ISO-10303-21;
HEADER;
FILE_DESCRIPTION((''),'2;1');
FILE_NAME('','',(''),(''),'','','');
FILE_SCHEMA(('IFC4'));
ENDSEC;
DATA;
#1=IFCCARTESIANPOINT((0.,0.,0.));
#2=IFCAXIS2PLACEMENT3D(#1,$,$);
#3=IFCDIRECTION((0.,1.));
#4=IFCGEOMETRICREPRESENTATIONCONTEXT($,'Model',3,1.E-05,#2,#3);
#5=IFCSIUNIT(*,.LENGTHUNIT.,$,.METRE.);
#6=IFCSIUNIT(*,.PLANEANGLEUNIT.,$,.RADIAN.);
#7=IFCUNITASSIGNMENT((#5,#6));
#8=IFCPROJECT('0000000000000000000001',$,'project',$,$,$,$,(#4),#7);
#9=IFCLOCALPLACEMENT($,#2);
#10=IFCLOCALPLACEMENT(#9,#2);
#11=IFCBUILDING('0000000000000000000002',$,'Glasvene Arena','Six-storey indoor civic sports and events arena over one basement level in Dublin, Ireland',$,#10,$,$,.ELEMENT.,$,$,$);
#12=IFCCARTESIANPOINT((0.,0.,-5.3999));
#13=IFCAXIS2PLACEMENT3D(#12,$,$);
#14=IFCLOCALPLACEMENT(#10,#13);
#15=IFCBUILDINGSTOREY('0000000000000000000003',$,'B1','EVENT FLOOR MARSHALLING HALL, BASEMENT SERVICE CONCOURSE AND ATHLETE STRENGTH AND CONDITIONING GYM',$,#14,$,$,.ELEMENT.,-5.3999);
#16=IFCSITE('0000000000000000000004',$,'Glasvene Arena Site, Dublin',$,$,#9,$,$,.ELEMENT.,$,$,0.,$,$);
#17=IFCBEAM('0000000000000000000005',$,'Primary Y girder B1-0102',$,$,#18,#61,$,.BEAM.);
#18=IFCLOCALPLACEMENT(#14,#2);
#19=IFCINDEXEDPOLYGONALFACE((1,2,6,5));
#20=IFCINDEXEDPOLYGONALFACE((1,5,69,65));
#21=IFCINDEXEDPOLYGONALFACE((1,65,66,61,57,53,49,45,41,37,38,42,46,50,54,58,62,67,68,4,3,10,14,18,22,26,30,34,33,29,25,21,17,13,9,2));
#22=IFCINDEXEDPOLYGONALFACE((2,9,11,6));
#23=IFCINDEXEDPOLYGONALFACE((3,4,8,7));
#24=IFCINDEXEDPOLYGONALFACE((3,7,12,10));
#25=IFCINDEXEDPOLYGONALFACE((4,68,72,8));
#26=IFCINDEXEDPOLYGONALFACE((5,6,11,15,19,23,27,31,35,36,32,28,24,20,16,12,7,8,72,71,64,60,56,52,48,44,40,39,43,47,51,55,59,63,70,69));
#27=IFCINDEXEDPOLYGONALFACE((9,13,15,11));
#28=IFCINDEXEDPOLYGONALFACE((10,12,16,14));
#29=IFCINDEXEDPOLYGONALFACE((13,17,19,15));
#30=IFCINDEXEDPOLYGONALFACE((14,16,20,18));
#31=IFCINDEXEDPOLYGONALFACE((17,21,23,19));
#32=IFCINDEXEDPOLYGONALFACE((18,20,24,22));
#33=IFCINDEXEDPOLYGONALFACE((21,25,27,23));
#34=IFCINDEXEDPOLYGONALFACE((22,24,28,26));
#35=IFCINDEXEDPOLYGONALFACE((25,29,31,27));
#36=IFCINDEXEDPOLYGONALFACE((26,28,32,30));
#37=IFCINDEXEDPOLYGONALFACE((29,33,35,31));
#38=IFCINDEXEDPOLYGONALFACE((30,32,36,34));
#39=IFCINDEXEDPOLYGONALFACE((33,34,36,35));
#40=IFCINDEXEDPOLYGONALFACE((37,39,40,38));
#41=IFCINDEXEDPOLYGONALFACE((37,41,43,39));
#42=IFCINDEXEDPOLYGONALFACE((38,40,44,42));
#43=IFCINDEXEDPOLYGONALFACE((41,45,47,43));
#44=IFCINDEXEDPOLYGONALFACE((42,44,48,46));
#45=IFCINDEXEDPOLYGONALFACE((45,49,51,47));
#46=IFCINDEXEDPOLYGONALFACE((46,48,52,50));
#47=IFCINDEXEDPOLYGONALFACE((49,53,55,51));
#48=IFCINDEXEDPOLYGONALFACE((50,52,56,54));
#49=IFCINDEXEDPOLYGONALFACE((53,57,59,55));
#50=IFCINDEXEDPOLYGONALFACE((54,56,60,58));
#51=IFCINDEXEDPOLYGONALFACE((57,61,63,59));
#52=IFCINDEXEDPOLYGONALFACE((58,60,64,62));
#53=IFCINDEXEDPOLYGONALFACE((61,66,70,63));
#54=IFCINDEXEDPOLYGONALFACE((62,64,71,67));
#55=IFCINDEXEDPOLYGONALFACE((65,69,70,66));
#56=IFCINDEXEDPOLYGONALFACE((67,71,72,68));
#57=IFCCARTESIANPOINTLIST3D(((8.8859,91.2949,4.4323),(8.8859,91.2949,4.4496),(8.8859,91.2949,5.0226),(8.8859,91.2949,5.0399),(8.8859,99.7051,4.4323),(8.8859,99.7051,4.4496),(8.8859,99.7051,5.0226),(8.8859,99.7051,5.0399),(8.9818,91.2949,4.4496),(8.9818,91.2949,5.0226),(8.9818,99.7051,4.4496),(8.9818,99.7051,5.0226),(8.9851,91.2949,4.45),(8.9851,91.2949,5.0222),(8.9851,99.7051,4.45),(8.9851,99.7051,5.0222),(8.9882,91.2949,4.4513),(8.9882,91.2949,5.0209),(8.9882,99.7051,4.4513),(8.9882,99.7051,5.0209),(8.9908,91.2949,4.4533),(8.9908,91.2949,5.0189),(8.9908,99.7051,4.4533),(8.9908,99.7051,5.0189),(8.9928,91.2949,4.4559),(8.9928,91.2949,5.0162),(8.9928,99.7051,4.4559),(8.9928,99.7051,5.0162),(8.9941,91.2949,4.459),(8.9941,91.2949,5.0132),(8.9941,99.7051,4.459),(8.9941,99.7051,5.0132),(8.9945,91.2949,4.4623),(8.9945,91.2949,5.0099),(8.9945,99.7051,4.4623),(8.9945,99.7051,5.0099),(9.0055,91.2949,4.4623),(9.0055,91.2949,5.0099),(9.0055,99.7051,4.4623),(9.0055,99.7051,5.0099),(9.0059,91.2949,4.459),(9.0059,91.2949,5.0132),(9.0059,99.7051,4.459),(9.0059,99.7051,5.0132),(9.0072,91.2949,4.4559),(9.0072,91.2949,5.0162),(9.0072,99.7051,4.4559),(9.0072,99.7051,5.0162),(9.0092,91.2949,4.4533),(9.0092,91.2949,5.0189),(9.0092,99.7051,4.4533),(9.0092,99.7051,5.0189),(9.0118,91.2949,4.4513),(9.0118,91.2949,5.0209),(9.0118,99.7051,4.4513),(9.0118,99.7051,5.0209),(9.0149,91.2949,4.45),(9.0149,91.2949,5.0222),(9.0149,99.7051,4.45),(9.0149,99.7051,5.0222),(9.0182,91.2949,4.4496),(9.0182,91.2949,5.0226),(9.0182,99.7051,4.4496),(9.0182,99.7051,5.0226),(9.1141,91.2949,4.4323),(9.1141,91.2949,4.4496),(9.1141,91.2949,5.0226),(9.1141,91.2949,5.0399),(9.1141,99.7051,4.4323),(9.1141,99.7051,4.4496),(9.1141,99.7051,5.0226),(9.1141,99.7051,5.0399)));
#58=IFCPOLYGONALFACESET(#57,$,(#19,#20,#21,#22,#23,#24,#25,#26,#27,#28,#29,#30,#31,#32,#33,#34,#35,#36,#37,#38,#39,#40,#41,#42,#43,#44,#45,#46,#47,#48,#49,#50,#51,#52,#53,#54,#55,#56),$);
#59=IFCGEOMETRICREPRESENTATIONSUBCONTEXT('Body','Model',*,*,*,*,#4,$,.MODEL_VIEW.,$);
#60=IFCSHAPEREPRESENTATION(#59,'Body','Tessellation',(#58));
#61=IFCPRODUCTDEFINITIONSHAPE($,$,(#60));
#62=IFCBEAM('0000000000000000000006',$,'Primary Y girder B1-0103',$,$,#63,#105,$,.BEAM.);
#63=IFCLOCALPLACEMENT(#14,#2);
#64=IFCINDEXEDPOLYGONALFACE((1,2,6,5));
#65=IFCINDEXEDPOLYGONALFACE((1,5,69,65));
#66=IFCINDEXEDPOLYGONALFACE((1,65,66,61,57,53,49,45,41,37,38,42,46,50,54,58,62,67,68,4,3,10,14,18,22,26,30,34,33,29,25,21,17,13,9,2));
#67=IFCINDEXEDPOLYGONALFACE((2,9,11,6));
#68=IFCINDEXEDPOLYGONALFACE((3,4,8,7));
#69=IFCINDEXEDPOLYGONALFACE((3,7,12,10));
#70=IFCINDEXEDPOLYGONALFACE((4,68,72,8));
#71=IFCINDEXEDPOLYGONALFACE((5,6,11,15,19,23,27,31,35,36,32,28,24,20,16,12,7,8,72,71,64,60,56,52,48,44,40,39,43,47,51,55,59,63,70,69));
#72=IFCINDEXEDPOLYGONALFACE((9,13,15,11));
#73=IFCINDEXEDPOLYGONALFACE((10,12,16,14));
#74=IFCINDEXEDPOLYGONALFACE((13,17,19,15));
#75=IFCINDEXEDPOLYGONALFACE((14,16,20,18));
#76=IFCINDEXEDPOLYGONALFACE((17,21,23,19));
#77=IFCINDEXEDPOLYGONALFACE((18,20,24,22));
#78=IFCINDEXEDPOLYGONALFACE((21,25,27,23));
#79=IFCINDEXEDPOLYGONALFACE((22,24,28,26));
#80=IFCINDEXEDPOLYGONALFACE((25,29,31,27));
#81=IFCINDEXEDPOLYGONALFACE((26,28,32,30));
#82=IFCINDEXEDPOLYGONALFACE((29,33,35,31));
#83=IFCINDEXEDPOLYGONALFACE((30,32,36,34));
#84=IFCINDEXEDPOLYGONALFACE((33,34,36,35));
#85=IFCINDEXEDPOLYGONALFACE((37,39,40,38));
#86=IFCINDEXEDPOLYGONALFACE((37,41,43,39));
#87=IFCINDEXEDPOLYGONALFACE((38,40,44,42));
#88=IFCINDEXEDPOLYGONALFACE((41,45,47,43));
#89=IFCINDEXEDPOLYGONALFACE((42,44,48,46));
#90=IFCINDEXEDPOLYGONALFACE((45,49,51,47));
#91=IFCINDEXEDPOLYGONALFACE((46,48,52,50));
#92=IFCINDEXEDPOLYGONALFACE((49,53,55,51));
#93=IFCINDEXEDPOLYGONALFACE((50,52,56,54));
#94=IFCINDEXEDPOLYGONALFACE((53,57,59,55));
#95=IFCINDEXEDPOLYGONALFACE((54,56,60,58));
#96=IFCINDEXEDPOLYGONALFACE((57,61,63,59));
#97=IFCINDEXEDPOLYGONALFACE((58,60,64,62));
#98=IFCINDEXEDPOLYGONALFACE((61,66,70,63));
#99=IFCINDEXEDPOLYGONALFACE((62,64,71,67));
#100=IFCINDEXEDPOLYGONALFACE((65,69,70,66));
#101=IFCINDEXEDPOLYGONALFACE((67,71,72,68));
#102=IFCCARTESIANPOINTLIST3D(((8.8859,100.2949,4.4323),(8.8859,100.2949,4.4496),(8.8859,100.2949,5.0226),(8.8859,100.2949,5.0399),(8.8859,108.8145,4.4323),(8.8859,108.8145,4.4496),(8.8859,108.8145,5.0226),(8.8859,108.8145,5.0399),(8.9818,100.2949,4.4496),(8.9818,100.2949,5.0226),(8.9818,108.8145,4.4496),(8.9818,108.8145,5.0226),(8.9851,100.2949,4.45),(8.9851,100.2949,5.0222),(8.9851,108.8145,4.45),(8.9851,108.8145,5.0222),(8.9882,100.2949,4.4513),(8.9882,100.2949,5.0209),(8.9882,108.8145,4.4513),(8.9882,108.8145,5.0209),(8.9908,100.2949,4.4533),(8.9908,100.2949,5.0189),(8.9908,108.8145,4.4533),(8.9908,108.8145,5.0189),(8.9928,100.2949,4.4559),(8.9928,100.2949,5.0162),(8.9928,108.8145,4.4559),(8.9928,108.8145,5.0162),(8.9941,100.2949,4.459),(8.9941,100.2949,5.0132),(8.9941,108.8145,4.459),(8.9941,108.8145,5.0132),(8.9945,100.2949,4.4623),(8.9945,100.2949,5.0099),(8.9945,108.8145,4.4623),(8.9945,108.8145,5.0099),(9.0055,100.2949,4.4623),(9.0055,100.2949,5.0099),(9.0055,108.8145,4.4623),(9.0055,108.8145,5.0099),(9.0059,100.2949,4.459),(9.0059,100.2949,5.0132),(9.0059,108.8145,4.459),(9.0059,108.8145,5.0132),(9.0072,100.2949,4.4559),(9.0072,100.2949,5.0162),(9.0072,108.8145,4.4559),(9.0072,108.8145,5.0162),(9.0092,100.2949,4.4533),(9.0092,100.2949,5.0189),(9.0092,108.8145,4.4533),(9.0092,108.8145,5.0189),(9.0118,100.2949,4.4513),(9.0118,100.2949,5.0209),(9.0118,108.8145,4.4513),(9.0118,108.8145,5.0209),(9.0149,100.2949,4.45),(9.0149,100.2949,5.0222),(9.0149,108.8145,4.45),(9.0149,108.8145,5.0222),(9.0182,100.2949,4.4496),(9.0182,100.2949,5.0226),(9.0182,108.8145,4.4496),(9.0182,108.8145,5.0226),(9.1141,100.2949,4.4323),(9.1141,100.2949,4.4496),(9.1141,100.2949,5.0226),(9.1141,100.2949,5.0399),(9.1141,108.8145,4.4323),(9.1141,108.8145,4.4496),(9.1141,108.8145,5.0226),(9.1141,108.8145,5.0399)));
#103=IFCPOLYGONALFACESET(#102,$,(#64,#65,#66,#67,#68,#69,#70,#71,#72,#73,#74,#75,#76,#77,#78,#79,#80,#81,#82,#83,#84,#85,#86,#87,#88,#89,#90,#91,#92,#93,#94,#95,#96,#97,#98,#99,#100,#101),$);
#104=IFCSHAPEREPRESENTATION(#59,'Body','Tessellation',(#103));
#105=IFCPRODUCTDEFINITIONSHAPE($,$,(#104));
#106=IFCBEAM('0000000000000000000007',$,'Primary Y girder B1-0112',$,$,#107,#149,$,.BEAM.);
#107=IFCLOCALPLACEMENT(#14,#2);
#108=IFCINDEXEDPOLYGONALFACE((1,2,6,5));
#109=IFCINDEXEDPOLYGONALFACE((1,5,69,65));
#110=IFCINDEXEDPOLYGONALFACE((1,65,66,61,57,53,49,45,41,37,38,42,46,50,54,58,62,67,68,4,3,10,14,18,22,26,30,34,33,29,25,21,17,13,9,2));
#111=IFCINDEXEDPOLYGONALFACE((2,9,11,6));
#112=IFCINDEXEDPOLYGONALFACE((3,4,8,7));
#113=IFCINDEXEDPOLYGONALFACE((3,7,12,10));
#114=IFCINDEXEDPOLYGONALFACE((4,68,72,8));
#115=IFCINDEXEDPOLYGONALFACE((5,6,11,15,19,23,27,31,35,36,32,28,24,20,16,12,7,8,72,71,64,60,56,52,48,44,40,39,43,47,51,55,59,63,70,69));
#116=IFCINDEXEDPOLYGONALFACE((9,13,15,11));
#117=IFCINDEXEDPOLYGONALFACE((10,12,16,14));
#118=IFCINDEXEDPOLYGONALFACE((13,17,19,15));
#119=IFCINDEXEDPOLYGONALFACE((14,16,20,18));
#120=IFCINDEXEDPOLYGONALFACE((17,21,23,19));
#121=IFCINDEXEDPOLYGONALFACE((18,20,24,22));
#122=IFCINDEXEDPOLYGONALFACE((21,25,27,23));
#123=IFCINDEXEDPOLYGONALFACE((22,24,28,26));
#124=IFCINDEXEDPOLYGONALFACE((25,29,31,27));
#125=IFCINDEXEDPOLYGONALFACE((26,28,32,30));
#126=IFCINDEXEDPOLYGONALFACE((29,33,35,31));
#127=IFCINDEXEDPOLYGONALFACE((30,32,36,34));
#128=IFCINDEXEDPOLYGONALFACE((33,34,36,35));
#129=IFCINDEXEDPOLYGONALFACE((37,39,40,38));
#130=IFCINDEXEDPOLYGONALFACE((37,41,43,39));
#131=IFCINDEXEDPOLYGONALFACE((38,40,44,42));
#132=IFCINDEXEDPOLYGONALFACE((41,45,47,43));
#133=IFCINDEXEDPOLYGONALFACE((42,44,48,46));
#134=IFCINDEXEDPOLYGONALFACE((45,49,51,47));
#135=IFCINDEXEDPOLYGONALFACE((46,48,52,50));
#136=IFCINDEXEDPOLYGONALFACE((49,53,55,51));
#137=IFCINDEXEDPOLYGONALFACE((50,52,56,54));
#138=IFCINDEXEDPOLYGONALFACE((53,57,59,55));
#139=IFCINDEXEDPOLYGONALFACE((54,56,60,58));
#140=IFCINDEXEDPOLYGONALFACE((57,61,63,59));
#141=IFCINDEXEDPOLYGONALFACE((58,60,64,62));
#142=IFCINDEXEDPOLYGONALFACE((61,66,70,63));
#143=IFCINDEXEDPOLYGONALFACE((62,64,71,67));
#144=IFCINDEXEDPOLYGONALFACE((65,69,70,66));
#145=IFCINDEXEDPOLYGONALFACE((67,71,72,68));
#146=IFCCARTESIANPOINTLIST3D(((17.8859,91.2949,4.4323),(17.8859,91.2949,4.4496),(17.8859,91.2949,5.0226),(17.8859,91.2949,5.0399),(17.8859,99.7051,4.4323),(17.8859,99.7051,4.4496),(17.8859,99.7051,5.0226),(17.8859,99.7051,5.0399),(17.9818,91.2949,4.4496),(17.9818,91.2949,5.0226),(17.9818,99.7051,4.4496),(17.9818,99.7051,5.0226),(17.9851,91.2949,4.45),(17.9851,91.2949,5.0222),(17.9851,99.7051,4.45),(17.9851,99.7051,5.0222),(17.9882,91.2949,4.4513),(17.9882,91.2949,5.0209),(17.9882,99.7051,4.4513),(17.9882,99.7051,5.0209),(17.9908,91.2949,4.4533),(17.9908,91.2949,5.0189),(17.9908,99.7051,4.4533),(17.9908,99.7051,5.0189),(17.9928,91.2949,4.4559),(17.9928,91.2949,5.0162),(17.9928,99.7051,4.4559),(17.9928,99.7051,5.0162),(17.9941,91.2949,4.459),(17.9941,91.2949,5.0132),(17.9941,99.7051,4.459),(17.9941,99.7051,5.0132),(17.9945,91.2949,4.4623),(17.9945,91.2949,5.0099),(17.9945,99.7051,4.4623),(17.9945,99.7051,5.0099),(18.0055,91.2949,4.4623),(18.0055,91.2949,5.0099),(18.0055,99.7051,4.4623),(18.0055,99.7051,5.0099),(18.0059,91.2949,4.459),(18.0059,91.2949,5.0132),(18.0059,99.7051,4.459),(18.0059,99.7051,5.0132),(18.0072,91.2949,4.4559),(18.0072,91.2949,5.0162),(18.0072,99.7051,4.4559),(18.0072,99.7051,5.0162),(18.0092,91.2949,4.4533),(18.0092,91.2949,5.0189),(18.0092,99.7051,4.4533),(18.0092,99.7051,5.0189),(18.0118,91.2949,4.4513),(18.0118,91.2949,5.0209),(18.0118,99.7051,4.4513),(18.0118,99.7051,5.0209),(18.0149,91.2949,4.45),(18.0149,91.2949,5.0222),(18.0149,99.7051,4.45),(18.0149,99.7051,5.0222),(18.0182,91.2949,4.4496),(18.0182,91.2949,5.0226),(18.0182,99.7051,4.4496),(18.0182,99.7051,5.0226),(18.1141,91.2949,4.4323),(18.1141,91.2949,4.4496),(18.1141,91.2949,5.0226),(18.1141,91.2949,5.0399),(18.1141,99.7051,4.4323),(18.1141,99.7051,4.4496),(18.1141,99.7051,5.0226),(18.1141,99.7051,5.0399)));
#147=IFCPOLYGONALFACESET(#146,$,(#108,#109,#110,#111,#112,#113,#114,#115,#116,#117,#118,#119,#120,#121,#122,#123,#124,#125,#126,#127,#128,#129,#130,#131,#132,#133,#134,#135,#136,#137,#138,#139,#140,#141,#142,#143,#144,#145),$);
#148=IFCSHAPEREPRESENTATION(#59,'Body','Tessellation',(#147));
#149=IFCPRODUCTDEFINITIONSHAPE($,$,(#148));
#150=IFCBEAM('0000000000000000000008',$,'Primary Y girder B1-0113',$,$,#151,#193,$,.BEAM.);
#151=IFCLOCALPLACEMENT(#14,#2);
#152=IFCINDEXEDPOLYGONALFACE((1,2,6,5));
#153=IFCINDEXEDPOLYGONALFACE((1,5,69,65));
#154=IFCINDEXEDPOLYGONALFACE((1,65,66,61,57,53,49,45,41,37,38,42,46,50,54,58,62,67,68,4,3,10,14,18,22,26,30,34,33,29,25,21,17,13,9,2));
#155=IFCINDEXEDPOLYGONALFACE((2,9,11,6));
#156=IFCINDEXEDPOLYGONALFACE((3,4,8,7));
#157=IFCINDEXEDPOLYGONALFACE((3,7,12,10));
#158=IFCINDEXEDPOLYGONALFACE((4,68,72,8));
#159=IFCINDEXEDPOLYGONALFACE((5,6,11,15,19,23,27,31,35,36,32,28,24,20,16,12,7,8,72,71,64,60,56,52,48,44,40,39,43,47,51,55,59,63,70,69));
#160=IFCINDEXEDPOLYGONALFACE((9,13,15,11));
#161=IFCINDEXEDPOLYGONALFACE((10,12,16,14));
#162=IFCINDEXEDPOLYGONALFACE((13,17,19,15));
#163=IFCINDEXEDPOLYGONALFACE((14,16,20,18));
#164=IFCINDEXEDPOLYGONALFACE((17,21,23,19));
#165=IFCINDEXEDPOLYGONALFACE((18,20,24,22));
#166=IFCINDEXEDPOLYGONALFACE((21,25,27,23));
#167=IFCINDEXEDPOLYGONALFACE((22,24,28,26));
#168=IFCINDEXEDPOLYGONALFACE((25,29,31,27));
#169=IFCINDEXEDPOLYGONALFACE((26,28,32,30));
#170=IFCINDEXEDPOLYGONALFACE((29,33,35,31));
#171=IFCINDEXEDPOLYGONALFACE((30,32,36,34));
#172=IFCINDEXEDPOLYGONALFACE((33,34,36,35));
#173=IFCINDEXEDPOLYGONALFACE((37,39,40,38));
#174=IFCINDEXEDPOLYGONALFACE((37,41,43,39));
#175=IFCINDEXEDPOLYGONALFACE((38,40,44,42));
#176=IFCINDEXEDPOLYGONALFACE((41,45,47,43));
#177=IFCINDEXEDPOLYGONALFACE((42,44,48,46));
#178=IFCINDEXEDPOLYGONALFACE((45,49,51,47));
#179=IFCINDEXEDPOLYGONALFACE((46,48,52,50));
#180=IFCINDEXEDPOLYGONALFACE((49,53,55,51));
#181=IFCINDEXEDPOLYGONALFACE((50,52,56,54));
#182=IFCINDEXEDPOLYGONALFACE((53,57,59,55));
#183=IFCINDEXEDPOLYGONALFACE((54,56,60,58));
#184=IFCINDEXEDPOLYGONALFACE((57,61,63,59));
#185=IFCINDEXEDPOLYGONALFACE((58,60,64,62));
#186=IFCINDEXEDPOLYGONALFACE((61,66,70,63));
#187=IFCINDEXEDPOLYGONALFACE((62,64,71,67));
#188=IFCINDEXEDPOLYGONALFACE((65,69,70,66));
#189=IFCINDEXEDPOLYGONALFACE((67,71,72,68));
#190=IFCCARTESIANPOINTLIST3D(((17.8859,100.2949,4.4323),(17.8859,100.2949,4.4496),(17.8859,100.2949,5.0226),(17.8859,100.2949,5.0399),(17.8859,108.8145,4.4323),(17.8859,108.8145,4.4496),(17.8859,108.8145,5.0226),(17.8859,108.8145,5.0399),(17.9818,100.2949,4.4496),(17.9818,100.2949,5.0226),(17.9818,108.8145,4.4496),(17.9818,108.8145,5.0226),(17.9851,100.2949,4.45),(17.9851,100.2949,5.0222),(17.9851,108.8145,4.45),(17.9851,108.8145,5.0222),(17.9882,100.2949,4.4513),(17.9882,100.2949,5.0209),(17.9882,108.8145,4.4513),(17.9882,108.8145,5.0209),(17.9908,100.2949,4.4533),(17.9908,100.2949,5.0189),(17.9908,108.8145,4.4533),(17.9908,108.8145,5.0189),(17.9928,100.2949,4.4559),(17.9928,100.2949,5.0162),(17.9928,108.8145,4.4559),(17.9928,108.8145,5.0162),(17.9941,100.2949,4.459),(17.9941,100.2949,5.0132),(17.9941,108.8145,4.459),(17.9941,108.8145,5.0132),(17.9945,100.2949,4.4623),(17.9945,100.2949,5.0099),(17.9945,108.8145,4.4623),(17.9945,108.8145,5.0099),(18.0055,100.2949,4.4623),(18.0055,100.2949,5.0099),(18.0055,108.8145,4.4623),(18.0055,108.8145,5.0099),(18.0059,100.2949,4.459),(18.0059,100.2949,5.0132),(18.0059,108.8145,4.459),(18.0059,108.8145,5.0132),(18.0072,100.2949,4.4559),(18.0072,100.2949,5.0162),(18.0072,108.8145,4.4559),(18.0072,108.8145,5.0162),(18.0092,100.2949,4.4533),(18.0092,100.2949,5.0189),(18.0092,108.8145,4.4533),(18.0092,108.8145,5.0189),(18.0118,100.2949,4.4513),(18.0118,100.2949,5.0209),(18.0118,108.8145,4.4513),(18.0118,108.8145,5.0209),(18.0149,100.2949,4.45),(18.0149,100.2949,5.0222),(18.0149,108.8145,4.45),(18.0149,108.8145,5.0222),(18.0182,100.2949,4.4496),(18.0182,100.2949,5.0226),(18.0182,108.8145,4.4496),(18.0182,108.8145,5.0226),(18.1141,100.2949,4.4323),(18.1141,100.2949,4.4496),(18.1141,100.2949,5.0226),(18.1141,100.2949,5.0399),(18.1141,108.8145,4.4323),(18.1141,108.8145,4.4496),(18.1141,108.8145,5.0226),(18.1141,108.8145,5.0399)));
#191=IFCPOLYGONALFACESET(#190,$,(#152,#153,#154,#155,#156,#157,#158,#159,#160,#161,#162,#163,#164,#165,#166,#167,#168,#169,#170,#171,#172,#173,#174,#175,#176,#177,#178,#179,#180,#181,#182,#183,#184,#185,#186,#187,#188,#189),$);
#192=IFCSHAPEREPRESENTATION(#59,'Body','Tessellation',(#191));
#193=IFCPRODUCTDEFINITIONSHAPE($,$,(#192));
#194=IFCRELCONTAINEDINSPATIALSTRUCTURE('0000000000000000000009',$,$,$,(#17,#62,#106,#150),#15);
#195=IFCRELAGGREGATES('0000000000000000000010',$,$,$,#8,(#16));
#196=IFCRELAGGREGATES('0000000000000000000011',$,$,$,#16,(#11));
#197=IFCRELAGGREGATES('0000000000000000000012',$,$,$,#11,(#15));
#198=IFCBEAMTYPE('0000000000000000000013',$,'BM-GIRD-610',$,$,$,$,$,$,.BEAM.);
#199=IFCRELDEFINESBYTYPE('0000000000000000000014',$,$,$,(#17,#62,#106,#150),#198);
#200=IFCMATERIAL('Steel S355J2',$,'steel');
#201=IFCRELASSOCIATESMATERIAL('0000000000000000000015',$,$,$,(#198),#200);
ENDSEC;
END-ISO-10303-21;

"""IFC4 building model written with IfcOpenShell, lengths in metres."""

from ifc_helpers import new_model, si_unit, direction, frame, origin, origin_2d, place, context, subcontext, project, spatial, i_section, extrude, material, material_profile, profile_set, type_object, element, save


model = new_model("IFC4")

# Units and contexts
model_context = context("Model", 3, precision=1e-05, world=origin(), true_north=direction((0.0, 1.0)))
body_context = subcontext(model_context, "Body", "Model", "MODEL_VIEW")
ifc_project = project(units=[si_unit("LENGTHUNIT", "METRE"), si_unit("PLANEANGLEUNIT", "RADIAN")], contexts=[model_context])

# Site, building, storey
site_placement = place(None, origin())
site = spatial("IfcSite", under=ifc_project, at=site_placement, Name="Glasvene Arena Site, Dublin", CompositionType="ELEMENT", RefElevation=0.0)
building_placement = place(site_placement, origin())
building = spatial("IfcBuilding", under=site, at=building_placement, Name="Glasvene Arena", Description="Six-storey indoor civic sports and events arena over one basement level in Dublin, Ireland", CompositionType="ELEMENT")
storey_placement = place(building_placement, frame((0.0, 0.0, -5.3999)))
storey = spatial("IfcBuildingStorey", under=building, at=storey_placement, Name="B1", Description="EVENT FLOOR MARSHALLING HALL, BASEMENT SERVICE CONCOURSE AND ATHLETE STRENGTH AND CONDITIONING GYM", CompositionType="ELEMENT", Elevation=-5.3999)

# Beams
ifc_material_1 = material(Name="Steel S355J2", Category="steel")
ifc_material_profile_1 = material_profile(ifc_material_1, i_section(OverallWidth=0.2283, OverallDepth=0.6077, WebThickness=0.011, FlangeThickness=0.0173, FilletRadius=0.0127, at=origin_2d()), Name="UKB 610x229x113")
ifc_profile_set_1 = profile_set([ifc_material_profile_1], Name="Steel S355J2")
beam_type_1 = type_object("IfcBeamType", Name="BM-GIRD-610", PredefinedType="BEAM", material=ifc_profile_set_1)
for number, where, z_axis, x_axis, name in (
    (1, (9.0, 91.2949, 4.7361), (0.0, 1.0, 0.0), (-1.0, 0.0, 0.0), "Primary Y girder B1-0102"),
):
    element("IfcBeam", number, at=place(storey_placement, frame(where, z_axis=z_axis, x_axis=x_axis)), inside=storey, type_object=beam_type_1, Name=name, PredefinedType="BEAM", context=body_context, shape_type="SweptSolid", body=[
        extrude(i_section(OverallWidth=0.2283, OverallDepth=0.6077, WebThickness=0.011, FlangeThickness=0.0173, FilletRadius=0.0127, at=origin_2d()), origin(), (0.0, 0.0, 1.0), 8.4102),
    ])
beam_1_placement = place(storey_placement, frame((9.0, 100.2949, 4.7361), z_axis=(0.0, 1.0, 0.0), x_axis=(-1.0, 0.0, 0.0)))
element("IfcBeam", 2, at=beam_1_placement, inside=storey, type_object=beam_type_1, Name="Primary Y girder B1-0103", PredefinedType="BEAM", context=body_context, shape_type="SweptSolid", body=[
    extrude(i_section(OverallWidth=0.2283, OverallDepth=0.6077, WebThickness=0.011, FlangeThickness=0.0173, FilletRadius=0.0127, at=origin_2d()), origin(), (0.0, 0.0, 1.0), 8.5195),
])
beam_2_placement = place(storey_placement, frame((18.0, 91.2949, 4.7361), z_axis=(0.0, 1.0, 0.0), x_axis=(-1.0, 0.0, 0.0)))
element("IfcBeam", 3, at=beam_2_placement, inside=storey, type_object=beam_type_1, Name="Primary Y girder B1-0112", PredefinedType="BEAM", context=body_context, shape_type="SweptSolid", body=[
    extrude(i_section(OverallWidth=0.2283, OverallDepth=0.6077, WebThickness=0.011, FlangeThickness=0.0173, FilletRadius=0.0127, at=origin_2d()), origin(), (0.0, 0.0, 1.0), 8.4102),
])
beam_3_placement = place(storey_placement, frame((18.0, 100.2949, 4.7361), z_axis=(0.0, 1.0, 0.0), x_axis=(-1.0, 0.0, 0.0)))
element("IfcBeam", 4, at=beam_3_placement, inside=storey, type_object=beam_type_1, Name="Primary Y girder B1-0113", PredefinedType="BEAM", context=body_context, shape_type="SweptSolid", body=[
    extrude(i_section(OverallWidth=0.2283, OverallDepth=0.6077, WebThickness=0.011, FlangeThickness=0.0173, FilletRadius=0.0127, at=origin_2d()), origin(), (0.0, 0.0, 1.0), 8.5195),
])

save(model, "model.ifc")
